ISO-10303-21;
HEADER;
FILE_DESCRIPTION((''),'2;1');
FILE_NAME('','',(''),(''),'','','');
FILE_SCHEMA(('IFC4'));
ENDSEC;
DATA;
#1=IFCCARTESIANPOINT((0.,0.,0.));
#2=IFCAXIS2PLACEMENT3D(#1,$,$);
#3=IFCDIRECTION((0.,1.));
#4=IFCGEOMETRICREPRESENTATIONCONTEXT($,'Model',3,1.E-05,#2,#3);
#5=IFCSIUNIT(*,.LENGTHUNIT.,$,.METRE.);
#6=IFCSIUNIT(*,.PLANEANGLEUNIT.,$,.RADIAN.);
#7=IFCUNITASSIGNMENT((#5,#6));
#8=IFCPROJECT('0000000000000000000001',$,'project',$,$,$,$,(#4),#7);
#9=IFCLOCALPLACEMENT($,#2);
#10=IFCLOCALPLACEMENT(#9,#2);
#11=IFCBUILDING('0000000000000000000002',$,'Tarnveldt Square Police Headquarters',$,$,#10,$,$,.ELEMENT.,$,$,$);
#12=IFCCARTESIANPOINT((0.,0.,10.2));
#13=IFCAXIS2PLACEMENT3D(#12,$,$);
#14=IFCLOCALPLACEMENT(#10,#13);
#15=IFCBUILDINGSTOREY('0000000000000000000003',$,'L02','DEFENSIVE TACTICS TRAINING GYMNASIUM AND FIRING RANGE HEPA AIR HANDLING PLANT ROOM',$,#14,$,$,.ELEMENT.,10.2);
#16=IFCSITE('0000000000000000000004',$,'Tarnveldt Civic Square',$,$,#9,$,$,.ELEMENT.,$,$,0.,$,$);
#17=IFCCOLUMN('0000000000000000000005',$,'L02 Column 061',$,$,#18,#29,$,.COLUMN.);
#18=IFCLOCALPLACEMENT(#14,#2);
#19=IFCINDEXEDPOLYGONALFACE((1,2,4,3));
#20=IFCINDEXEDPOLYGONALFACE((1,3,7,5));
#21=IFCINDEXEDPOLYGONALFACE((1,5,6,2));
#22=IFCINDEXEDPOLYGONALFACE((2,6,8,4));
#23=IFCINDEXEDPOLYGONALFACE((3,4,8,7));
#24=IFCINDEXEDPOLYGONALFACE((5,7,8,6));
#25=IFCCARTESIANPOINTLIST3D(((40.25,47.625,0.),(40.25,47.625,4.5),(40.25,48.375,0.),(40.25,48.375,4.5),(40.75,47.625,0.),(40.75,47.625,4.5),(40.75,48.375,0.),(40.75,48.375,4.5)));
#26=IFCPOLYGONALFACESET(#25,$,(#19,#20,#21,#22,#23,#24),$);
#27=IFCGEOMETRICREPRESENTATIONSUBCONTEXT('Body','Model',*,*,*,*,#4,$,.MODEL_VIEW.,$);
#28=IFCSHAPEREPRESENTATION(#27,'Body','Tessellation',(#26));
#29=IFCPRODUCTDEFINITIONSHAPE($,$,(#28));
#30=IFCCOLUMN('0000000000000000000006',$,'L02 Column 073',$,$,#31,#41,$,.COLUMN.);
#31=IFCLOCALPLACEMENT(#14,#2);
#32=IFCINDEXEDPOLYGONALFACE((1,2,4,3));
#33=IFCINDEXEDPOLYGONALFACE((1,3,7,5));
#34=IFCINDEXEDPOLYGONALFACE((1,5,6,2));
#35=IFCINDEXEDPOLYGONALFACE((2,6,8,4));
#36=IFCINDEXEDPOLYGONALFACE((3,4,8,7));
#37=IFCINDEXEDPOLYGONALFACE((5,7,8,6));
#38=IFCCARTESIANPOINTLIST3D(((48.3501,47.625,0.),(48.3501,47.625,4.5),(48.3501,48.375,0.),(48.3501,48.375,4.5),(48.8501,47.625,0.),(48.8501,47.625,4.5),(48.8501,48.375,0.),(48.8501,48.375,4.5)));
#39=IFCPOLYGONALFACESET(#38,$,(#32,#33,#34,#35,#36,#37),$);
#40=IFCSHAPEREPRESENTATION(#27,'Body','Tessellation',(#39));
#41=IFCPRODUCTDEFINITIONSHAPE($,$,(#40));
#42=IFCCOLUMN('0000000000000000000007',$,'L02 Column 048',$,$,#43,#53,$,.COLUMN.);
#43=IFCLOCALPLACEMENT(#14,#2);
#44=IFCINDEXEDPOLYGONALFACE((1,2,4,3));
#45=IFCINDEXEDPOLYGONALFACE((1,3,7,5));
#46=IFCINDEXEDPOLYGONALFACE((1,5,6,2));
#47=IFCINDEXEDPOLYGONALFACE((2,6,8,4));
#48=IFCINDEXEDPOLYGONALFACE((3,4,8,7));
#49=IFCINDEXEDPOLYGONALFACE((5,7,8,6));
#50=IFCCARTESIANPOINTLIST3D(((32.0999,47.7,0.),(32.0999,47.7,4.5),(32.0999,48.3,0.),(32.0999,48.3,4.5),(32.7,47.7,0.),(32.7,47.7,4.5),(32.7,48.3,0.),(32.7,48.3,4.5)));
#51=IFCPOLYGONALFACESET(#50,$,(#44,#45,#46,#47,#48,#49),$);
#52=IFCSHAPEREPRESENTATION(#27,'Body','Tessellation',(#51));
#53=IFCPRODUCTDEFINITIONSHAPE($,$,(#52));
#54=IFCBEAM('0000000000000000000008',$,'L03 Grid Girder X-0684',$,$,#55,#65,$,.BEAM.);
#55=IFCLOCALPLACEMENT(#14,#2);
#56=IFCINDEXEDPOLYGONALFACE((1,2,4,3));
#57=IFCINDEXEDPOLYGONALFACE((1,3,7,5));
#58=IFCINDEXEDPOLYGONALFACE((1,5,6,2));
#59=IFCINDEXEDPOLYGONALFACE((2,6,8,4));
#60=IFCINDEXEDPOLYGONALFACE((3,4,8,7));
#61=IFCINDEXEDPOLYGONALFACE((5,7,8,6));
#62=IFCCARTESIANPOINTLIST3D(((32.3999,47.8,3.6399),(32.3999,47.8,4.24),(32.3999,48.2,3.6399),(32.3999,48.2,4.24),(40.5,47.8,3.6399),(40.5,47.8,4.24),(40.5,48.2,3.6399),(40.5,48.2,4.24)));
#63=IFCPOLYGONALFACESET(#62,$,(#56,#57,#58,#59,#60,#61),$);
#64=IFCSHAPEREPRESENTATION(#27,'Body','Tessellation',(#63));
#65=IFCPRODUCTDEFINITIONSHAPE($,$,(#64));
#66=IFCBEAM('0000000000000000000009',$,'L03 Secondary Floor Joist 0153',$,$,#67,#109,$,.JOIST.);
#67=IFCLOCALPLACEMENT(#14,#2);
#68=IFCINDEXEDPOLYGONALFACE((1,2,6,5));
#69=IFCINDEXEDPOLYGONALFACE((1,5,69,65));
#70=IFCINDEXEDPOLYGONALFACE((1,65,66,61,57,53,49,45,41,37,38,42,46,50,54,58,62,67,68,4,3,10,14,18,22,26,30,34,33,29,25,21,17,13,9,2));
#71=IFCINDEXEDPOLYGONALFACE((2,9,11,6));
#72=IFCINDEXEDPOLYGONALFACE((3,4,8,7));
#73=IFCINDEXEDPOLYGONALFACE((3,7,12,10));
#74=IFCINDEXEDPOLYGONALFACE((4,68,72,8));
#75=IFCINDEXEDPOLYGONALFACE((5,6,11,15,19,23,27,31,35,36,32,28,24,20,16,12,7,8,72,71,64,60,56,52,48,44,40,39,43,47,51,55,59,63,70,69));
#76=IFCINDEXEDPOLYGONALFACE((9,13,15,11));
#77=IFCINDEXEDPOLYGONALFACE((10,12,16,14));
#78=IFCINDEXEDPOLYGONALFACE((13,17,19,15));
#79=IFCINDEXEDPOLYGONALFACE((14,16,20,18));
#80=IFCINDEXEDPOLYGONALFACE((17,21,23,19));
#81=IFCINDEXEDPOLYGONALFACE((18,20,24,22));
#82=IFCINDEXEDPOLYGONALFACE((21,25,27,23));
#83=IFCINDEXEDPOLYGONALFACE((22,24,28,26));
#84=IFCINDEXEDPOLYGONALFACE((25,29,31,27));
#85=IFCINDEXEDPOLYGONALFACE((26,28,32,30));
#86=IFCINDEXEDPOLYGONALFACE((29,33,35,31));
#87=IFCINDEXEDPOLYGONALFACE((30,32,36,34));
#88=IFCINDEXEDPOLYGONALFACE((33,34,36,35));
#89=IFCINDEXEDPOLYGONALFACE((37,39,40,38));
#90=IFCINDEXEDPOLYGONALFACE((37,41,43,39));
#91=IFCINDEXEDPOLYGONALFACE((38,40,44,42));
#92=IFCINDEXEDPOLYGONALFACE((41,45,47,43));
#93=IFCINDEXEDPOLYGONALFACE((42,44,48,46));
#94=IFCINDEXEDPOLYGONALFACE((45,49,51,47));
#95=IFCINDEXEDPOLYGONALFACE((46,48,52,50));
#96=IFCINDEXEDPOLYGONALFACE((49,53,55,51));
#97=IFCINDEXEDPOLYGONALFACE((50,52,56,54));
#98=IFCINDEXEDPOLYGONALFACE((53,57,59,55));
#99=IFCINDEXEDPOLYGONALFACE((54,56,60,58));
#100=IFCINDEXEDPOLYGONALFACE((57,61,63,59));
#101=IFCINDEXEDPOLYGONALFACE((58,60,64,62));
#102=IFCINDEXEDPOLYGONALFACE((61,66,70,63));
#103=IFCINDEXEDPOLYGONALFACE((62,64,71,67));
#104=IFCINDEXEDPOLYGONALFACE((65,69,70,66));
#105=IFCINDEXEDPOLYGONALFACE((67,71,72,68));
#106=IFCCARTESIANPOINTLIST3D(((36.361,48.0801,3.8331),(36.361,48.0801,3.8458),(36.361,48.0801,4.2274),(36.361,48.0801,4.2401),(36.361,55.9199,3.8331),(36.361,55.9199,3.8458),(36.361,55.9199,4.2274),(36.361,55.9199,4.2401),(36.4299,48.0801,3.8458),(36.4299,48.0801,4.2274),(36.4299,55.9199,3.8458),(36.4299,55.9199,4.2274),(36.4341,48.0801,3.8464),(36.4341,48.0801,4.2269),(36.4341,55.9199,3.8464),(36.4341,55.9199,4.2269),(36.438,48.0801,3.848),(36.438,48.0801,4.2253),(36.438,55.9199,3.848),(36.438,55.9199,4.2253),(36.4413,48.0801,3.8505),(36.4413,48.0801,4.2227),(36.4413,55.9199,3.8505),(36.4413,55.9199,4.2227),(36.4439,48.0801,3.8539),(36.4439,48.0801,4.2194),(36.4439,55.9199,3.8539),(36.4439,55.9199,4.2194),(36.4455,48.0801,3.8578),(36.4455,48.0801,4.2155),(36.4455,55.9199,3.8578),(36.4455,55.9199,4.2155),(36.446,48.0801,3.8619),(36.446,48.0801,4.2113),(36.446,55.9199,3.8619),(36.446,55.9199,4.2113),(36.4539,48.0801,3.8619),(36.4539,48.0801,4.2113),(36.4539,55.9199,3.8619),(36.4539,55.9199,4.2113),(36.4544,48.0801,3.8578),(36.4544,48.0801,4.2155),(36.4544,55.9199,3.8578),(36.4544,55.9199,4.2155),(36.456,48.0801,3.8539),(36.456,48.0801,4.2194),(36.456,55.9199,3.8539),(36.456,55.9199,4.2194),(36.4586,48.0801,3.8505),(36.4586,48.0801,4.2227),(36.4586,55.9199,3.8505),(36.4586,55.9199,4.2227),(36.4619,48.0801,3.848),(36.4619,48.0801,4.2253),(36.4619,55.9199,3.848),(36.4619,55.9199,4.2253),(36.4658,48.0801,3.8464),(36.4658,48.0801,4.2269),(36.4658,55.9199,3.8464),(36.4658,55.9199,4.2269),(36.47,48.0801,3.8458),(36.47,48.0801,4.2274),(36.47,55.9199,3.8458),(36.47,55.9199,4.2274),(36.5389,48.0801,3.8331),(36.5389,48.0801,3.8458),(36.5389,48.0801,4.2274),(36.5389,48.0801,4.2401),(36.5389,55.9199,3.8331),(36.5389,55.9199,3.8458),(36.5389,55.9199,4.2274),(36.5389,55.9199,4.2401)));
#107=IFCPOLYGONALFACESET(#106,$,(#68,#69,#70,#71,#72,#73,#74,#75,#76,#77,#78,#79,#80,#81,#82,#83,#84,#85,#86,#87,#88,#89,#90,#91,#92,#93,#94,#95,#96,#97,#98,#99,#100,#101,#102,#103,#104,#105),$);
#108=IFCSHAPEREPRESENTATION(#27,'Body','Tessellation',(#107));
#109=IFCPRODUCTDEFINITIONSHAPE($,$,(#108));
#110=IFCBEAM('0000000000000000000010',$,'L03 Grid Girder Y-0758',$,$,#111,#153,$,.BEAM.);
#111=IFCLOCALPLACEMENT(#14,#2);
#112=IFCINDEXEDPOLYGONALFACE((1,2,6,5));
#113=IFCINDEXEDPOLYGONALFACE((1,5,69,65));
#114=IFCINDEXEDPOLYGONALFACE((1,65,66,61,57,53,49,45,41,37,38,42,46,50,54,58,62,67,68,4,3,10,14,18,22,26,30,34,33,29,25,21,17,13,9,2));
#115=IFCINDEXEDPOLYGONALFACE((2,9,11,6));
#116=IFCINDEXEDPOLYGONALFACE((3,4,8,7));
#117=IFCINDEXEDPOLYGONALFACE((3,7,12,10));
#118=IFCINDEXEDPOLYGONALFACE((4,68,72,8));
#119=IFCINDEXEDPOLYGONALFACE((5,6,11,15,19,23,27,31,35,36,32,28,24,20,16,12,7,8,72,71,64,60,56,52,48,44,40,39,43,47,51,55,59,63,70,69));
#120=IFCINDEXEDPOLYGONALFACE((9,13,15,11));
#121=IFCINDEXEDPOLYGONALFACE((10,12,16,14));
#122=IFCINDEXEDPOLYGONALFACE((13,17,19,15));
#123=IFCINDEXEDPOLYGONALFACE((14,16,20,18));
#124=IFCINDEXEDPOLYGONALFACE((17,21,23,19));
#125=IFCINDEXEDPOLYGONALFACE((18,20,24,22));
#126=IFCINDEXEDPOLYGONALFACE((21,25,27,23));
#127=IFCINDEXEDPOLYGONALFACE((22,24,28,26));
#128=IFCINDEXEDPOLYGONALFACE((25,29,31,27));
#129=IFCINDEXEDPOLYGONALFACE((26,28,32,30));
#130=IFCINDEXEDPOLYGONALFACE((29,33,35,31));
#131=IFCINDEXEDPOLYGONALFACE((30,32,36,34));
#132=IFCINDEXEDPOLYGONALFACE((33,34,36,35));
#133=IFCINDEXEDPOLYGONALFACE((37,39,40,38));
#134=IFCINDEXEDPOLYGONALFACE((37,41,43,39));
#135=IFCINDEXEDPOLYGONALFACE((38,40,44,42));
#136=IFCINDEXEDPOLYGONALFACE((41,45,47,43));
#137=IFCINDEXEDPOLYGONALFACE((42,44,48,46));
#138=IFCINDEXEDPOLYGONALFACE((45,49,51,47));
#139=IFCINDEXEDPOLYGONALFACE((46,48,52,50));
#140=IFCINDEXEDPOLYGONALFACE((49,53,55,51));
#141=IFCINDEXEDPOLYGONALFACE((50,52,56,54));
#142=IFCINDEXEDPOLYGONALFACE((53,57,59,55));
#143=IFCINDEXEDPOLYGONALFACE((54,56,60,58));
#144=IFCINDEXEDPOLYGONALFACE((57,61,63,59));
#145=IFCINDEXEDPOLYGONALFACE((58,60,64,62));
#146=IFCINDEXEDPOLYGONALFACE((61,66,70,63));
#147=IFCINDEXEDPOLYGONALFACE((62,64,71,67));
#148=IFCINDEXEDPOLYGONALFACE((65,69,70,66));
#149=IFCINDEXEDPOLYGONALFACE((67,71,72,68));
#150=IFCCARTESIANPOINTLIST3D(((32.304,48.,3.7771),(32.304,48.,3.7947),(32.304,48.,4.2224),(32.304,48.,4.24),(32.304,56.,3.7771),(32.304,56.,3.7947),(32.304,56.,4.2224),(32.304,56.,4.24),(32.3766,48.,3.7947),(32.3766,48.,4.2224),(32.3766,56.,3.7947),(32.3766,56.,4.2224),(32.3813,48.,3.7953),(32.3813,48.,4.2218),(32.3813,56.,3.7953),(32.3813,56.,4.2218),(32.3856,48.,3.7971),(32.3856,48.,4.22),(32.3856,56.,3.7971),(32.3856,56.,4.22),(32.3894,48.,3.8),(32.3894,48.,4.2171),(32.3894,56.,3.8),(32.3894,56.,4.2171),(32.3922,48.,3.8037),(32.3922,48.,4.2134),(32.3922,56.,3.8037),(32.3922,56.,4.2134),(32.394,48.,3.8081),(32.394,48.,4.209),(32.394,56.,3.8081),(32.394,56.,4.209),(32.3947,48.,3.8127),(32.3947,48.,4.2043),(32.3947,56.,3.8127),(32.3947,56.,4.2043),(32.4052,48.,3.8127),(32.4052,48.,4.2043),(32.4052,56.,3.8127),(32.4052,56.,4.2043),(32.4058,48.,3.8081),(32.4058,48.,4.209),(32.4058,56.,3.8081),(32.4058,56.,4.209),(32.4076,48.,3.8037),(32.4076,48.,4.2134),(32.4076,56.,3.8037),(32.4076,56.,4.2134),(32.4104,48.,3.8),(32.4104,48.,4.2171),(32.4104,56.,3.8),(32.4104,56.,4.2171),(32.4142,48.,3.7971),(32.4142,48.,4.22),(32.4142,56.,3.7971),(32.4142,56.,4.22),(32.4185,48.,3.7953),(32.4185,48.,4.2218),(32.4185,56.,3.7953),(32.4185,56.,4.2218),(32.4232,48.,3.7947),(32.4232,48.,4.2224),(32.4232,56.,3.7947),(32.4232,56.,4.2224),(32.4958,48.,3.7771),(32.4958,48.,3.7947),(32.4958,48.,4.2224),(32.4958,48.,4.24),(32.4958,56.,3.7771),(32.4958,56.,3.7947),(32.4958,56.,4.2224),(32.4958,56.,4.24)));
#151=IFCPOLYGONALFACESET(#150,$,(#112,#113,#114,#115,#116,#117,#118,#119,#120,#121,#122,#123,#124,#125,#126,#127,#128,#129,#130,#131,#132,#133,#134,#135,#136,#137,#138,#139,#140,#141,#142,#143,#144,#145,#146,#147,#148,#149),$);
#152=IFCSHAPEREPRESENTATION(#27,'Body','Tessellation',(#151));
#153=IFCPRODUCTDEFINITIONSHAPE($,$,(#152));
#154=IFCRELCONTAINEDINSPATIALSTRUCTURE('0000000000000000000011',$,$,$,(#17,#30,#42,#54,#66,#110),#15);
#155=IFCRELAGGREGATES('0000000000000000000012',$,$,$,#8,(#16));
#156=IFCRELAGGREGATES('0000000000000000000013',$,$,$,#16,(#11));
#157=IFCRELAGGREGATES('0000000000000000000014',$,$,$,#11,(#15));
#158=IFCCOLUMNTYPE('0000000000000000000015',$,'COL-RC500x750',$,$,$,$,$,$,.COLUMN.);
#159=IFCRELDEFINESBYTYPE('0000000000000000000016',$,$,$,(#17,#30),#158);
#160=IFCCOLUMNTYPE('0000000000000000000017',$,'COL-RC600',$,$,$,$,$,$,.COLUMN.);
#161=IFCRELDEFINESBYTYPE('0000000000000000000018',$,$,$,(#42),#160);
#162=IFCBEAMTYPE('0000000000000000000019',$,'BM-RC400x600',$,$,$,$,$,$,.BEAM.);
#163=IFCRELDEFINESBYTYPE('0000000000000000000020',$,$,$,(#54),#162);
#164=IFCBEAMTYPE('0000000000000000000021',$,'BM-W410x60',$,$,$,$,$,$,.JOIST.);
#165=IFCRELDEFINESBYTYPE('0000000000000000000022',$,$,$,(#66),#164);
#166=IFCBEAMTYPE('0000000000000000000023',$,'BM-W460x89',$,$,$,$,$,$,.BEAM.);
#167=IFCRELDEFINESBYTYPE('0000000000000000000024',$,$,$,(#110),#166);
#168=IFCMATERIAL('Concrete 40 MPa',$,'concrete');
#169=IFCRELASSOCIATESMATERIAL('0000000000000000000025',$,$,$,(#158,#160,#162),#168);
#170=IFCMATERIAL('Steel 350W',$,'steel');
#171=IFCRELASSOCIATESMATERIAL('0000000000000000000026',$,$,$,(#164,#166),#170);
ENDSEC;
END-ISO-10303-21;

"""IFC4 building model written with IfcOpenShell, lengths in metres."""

from ifc_helpers import new_model, si_unit, direction, frame, origin, origin_2d, place, context, subcontext, project, spatial, rectangle, i_section, extrude, material, material_profile, profile_set, type_object, element, save


model = new_model("IFC4")

# Units and contexts
model_context = context("Model", 3, precision=1e-05, world=origin(), true_north=direction((0.0, 1.0)))
body_context = subcontext(model_context, "Body", "Model", "MODEL_VIEW")
ifc_project = project(units=[si_unit("LENGTHUNIT", "METRE"), si_unit("PLANEANGLEUNIT", "RADIAN")], contexts=[model_context])

# Site, building, storey
site_placement = place(None, origin())
site = spatial("IfcSite", under=ifc_project, at=site_placement, Name="Tarnveldt Civic Square", CompositionType="ELEMENT", RefElevation=0.0)
building_placement = place(site_placement, origin())
building = spatial("IfcBuilding", under=site, at=building_placement, Name="Tarnveldt Square Police Headquarters", CompositionType="ELEMENT")
storey_placement = place(building_placement, frame((0.0, 0.0, 10.2)))
storey = spatial("IfcBuildingStorey", under=building, at=storey_placement, Name="L02", Description="DEFENSIVE TACTICS TRAINING GYMNASIUM AND FIRING RANGE HEPA AIR HANDLING PLANT ROOM", CompositionType="ELEMENT", Elevation=10.2)

# Columns
ifc_material_1 = material(Name="Concrete 40 MPa", Category="concrete")
ifc_material_profile_1 = material_profile(ifc_material_1, rectangle(XDim=0.5, YDim=0.75, at=origin_2d()), Name="RC-C500x750")
ifc_profile_set_1 = profile_set([ifc_material_profile_1], Name="Concrete 40 MPa")
column_type_1 = type_object("IfcColumnType", Name="COL-RC500x750", PredefinedType="COLUMN", material=ifc_profile_set_1)
for number, where, z_axis, x_axis, name in (
    (1, (40.5, 48.0, 0.0), (0.0, 0.0, 1.0), (1.0, 0.0, 0.0), "L02 Column 061"),
    (2, (48.6001, 48.0, 0.0), (0.0, 0.0, 1.0), (1.0, 0.0, 0.0), "L02 Column 073"),
):
    element("IfcColumn", number, at=place(storey_placement, frame(where, z_axis=z_axis, x_axis=x_axis)), inside=storey, type_object=column_type_1, Name=name, PredefinedType="COLUMN", context=body_context, shape_type="SweptSolid", body=[
        extrude(rectangle(XDim=0.5, YDim=0.75, at=origin_2d()), origin(), (0.0, 0.0, 1.0), 4.5),
    ])
ifc_material_profile_2 = material_profile(ifc_material_1, rectangle(XDim=0.6001, YDim=0.6001, at=origin_2d()), Name="RC-C600x600")
ifc_profile_set_2 = profile_set([ifc_material_profile_2], Name="Concrete 40 MPa")
column_type_2 = type_object("IfcColumnType", Name="COL-RC600", PredefinedType="COLUMN", material=ifc_profile_set_2)
column_placement = place(storey_placement, frame((32.3999, 48.0, 0.0), z_axis=(0.0, 0.0, 1.0), x_axis=(1.0, 0.0, 0.0)))
element("IfcColumn", 3, at=column_placement, inside=storey, type_object=column_type_2, Name="L02 Column 048", PredefinedType="COLUMN", context=body_context, shape_type="SweptSolid", body=[
    extrude(rectangle(XDim=0.6001, YDim=0.6001, at=origin_2d()), origin(), (0.0, 0.0, 1.0), 4.5),
])

# Beams
ifc_material_profile_3 = material_profile(ifc_material_1, rectangle(XDim=0.3999, YDim=0.6001, at=origin_2d()), Name="RC-B400x600")
ifc_profile_set_3 = profile_set([ifc_material_profile_3], Name="Concrete 40 MPa")
beam_type_1 = type_object("IfcBeamType", Name="BM-RC400x600", PredefinedType="BEAM", material=ifc_profile_set_3)
beam_1_placement = place(storey_placement, frame((32.3999, 48.0, 3.9399), z_axis=(1.0, 0.0, 0.0), x_axis=(0.0, 1.0, 0.0)))
element("IfcBeam", 4, at=beam_1_placement, inside=storey, type_object=beam_type_1, Name="L03 Grid Girder X-0684", PredefinedType="BEAM", context=body_context, shape_type="SweptSolid", body=[
    extrude(rectangle(XDim=0.3999, YDim=0.6001, at=origin_2d()), origin(), (0.0, 0.0, 1.0), 8.1001),
])
ifc_material_2 = material(Name="Steel 350W", Category="steel")
ifc_material_profile_4 = material_profile(ifc_material_2, i_section(OverallWidth=0.178, OverallDepth=0.407, WebThickness=0.0078, FlangeThickness=0.0127, FilletRadius=0.0161, at=origin_2d()), Name="W410x60")
ifc_profile_set_4 = profile_set([ifc_material_profile_4], Name="Steel 350W")
beam_type_2 = type_object("IfcBeamType", Name="BM-W410x60", PredefinedType="JOIST", material=ifc_profile_set_4)
beam_2_placement = place(storey_placement, frame((36.45, 48.0801, 4.0366), z_axis=(0.0, 1.0, 0.0), x_axis=(-1.0, 0.0, 0.0)))
element("IfcBeam", 5, at=beam_2_placement, inside=storey, type_object=beam_type_2, Name="L03 Secondary Floor Joist 0153", PredefinedType="JOIST", context=body_context, shape_type="SweptSolid", body=[
    extrude(i_section(OverallWidth=0.178, OverallDepth=0.407, WebThickness=0.0078, FlangeThickness=0.0127, FilletRadius=0.0161, at=origin_2d()), origin(), (0.0, 0.0, 1.0), 7.8398),
])
ifc_material_profile_5 = material_profile(ifc_material_2, i_section(OverallWidth=0.1919, OverallDepth=0.4629, WebThickness=0.0105, FlangeThickness=0.0176, FilletRadius=0.0181, at=origin_2d()), Name="W460x89")
ifc_profile_set_5 = profile_set([ifc_material_profile_5], Name="Steel 350W")
beam_type_3 = type_object("IfcBeamType", Name="BM-W460x89", PredefinedType="BEAM", material=ifc_profile_set_5)
for number, where, z_axis, x_axis, name in (
    (6, (32.3999, 48.0, 4.0085), (0.0, 1.0, 0.0), (-1.0, 0.0, 0.0), "L03 Grid Girder Y-0758"),
):
    element("IfcBeam", number, at=place(storey_placement, frame(where, z_axis=z_axis, x_axis=x_axis)), inside=storey, type_object=beam_type_3, Name=name, PredefinedType="BEAM", context=body_context, shape_type="SweptSolid", body=[
        extrude(i_section(OverallWidth=0.1919, OverallDepth=0.4629, WebThickness=0.0105, FlangeThickness=0.0176, FilletRadius=0.0181, at=origin_2d()), origin(), (0.0, 0.0, 1.0), 8.0),
    ])

save(model, "model.ifc")
